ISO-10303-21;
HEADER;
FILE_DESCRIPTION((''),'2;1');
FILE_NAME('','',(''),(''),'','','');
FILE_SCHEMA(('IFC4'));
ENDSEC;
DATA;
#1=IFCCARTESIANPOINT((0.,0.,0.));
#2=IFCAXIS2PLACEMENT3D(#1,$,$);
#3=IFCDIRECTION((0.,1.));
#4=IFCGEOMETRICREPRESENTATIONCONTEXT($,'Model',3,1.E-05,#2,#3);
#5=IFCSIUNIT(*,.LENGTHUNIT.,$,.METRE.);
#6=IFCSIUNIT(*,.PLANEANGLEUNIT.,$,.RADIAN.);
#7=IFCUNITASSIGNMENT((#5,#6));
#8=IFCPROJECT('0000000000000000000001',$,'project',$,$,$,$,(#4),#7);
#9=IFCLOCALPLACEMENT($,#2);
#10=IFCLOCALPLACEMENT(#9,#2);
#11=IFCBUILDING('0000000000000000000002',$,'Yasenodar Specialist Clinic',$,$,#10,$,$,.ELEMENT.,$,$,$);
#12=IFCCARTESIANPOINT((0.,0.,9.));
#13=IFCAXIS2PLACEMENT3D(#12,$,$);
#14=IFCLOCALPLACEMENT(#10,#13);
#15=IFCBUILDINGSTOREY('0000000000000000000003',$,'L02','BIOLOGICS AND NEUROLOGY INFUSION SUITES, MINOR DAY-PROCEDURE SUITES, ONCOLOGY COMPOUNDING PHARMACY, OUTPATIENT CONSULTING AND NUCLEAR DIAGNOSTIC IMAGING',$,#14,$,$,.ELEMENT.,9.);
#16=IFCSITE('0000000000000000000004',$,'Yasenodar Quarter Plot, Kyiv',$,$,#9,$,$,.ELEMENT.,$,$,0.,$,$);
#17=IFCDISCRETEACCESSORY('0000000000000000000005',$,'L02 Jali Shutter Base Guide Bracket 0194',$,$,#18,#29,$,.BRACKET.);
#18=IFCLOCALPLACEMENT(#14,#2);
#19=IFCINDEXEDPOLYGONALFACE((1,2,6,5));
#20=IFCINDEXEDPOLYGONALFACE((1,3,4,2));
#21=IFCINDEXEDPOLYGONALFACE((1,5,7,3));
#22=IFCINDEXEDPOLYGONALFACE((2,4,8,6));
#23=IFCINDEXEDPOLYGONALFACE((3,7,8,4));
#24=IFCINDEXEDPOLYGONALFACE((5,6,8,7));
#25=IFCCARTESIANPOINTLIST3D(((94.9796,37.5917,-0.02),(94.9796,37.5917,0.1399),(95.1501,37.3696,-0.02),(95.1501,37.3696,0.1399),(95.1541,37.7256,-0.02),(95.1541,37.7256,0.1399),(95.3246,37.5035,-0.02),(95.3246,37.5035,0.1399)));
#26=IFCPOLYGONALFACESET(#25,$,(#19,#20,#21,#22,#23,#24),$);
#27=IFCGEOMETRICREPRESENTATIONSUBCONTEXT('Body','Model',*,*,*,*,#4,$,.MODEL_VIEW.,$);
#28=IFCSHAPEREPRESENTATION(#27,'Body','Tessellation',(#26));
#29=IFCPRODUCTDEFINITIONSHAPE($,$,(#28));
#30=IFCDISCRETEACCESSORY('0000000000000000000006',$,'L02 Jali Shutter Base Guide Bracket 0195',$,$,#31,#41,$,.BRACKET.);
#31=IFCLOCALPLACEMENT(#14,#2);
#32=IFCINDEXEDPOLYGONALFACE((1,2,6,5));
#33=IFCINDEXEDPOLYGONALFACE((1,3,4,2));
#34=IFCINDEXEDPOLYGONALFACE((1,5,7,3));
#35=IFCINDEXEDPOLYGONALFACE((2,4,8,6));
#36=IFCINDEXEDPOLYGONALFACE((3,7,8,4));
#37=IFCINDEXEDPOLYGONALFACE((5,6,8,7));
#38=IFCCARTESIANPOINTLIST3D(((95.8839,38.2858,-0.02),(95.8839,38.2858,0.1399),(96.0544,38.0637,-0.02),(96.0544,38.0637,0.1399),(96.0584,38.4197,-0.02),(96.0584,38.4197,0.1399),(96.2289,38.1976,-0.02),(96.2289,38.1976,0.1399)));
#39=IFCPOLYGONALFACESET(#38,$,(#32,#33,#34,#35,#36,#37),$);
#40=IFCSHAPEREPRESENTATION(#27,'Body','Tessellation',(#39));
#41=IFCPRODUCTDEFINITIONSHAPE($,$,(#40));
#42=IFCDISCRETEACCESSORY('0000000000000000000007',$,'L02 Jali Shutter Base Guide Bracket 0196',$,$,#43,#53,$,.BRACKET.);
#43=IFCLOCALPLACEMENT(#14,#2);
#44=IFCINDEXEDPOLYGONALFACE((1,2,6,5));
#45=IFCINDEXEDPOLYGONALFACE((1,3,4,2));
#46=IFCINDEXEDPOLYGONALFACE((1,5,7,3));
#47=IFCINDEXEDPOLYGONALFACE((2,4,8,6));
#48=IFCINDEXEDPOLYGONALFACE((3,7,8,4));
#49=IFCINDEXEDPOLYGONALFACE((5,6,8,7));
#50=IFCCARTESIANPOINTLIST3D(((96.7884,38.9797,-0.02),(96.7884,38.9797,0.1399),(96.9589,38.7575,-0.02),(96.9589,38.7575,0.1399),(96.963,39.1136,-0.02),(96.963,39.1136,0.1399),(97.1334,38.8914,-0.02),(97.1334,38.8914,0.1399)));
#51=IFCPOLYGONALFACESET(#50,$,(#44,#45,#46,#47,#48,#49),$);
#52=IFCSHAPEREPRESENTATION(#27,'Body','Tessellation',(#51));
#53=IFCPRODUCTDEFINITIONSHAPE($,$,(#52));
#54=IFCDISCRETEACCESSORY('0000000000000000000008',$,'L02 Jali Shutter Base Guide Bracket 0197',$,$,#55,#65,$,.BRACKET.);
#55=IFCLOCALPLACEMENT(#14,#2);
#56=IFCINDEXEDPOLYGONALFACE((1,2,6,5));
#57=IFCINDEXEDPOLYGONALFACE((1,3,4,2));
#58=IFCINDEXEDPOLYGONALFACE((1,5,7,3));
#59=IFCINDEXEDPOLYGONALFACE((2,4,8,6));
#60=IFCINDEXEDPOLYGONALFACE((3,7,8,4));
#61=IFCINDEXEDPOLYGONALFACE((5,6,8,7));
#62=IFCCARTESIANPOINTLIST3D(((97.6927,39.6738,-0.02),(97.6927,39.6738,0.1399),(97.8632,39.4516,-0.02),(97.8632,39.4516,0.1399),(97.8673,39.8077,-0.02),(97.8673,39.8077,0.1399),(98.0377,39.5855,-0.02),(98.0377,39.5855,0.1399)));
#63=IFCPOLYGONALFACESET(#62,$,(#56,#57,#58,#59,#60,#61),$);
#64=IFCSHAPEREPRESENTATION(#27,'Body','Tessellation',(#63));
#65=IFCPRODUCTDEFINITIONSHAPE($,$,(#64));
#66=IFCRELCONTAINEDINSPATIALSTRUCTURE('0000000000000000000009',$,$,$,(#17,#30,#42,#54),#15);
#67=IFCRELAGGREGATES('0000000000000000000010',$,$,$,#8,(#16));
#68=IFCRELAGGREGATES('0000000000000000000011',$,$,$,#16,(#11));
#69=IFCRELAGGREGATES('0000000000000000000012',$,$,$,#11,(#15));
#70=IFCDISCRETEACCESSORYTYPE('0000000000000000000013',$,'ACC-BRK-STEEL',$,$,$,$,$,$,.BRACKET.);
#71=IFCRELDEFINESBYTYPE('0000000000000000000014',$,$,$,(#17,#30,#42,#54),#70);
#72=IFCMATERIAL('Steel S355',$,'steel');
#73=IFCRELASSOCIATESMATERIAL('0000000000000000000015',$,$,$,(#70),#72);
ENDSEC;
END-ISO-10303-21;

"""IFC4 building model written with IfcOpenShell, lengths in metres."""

from ifc_helpers import new_model, si_unit, direction, frame, origin, origin_2d, place, context, subcontext, project, spatial, rectangle, extrude, material, type_object, element, save


model = new_model("IFC4")

# Units and contexts
model_context = context("Model", 3, precision=1e-05, world=origin(), true_north=direction((0.0, 1.0)))
body_context = subcontext(model_context, "Body", "Model", "MODEL_VIEW")
ifc_project = project(units=[si_unit("LENGTHUNIT", "METRE"), si_unit("PLANEANGLEUNIT", "RADIAN")], contexts=[model_context])

# Site, building, storey
site_placement = place(None, origin())
site = spatial("IfcSite", under=ifc_project, at=site_placement, Name="Yasenodar Quarter Plot, Kyiv", CompositionType="ELEMENT", RefElevation=0.0)
building_placement = place(site_placement, origin())
building = spatial("IfcBuilding", under=site, at=building_placement, Name="Yasenodar Specialist Clinic", CompositionType="ELEMENT")
storey_placement = place(building_placement, frame((0.0, 0.0, 9.0)))
storey = spatial("IfcBuildingStorey", under=building, at=storey_placement, Name="L02", Description="BIOLOGICS AND NEUROLOGY INFUSION SUITES, MINOR DAY-PROCEDURE SUITES, ONCOLOGY COMPOUNDING PHARMACY, OUTPATIENT CONSULTING AND NUCLEAR DIAGNOSTIC IMAGING", CompositionType="ELEMENT", Elevation=9.0)

# Shared definitions
ifc_material_1 = material(Name="Steel S355", Category="steel")

# Discrete accessories
discrete_accessory_type = type_object("IfcDiscreteAccessoryType", Name="ACC-BRK-STEEL", PredefinedType="BRACKET", material=ifc_material_1)
for number, where, z_axis, x_axis, name in (
    (1, (95.1521, 37.5476, -0.02), (0.0, 0.0, 1.0), (0.793351, 0.608764, 0.0), "L02 Jali Shutter Base Guide Bracket 0194"),
    (2, (96.0564, 38.2417, -0.02), (0.0, 0.0, 1.0), (0.793351, 0.608764, 0.0), "L02 Jali Shutter Base Guide Bracket 0195"),
    (3, (96.9609, 38.9355, -0.02), (0.0, 0.0, 1.0), (0.793351, 0.608764, 0.0), "L02 Jali Shutter Base Guide Bracket 0196"),
    (4, (97.8652, 39.6296, -0.02), (0.0, 0.0, 1.0), (0.793351, 0.608764, 0.0), "L02 Jali Shutter Base Guide Bracket 0197"),
):
    element("IfcDiscreteAccessory", number, at=place(storey_placement, frame(where, z_axis=z_axis, x_axis=x_axis)), inside=storey, type_object=discrete_accessory_type, Name=name, PredefinedType="BRACKET", context=body_context, shape_type="SweptSolid", body=[
        extrude(rectangle(XDim=0.22, YDim=0.28, at=origin_2d()), origin(), (0.0, 0.0, 1.0), 0.1599),
    ])

save(model, "model.ifc")
